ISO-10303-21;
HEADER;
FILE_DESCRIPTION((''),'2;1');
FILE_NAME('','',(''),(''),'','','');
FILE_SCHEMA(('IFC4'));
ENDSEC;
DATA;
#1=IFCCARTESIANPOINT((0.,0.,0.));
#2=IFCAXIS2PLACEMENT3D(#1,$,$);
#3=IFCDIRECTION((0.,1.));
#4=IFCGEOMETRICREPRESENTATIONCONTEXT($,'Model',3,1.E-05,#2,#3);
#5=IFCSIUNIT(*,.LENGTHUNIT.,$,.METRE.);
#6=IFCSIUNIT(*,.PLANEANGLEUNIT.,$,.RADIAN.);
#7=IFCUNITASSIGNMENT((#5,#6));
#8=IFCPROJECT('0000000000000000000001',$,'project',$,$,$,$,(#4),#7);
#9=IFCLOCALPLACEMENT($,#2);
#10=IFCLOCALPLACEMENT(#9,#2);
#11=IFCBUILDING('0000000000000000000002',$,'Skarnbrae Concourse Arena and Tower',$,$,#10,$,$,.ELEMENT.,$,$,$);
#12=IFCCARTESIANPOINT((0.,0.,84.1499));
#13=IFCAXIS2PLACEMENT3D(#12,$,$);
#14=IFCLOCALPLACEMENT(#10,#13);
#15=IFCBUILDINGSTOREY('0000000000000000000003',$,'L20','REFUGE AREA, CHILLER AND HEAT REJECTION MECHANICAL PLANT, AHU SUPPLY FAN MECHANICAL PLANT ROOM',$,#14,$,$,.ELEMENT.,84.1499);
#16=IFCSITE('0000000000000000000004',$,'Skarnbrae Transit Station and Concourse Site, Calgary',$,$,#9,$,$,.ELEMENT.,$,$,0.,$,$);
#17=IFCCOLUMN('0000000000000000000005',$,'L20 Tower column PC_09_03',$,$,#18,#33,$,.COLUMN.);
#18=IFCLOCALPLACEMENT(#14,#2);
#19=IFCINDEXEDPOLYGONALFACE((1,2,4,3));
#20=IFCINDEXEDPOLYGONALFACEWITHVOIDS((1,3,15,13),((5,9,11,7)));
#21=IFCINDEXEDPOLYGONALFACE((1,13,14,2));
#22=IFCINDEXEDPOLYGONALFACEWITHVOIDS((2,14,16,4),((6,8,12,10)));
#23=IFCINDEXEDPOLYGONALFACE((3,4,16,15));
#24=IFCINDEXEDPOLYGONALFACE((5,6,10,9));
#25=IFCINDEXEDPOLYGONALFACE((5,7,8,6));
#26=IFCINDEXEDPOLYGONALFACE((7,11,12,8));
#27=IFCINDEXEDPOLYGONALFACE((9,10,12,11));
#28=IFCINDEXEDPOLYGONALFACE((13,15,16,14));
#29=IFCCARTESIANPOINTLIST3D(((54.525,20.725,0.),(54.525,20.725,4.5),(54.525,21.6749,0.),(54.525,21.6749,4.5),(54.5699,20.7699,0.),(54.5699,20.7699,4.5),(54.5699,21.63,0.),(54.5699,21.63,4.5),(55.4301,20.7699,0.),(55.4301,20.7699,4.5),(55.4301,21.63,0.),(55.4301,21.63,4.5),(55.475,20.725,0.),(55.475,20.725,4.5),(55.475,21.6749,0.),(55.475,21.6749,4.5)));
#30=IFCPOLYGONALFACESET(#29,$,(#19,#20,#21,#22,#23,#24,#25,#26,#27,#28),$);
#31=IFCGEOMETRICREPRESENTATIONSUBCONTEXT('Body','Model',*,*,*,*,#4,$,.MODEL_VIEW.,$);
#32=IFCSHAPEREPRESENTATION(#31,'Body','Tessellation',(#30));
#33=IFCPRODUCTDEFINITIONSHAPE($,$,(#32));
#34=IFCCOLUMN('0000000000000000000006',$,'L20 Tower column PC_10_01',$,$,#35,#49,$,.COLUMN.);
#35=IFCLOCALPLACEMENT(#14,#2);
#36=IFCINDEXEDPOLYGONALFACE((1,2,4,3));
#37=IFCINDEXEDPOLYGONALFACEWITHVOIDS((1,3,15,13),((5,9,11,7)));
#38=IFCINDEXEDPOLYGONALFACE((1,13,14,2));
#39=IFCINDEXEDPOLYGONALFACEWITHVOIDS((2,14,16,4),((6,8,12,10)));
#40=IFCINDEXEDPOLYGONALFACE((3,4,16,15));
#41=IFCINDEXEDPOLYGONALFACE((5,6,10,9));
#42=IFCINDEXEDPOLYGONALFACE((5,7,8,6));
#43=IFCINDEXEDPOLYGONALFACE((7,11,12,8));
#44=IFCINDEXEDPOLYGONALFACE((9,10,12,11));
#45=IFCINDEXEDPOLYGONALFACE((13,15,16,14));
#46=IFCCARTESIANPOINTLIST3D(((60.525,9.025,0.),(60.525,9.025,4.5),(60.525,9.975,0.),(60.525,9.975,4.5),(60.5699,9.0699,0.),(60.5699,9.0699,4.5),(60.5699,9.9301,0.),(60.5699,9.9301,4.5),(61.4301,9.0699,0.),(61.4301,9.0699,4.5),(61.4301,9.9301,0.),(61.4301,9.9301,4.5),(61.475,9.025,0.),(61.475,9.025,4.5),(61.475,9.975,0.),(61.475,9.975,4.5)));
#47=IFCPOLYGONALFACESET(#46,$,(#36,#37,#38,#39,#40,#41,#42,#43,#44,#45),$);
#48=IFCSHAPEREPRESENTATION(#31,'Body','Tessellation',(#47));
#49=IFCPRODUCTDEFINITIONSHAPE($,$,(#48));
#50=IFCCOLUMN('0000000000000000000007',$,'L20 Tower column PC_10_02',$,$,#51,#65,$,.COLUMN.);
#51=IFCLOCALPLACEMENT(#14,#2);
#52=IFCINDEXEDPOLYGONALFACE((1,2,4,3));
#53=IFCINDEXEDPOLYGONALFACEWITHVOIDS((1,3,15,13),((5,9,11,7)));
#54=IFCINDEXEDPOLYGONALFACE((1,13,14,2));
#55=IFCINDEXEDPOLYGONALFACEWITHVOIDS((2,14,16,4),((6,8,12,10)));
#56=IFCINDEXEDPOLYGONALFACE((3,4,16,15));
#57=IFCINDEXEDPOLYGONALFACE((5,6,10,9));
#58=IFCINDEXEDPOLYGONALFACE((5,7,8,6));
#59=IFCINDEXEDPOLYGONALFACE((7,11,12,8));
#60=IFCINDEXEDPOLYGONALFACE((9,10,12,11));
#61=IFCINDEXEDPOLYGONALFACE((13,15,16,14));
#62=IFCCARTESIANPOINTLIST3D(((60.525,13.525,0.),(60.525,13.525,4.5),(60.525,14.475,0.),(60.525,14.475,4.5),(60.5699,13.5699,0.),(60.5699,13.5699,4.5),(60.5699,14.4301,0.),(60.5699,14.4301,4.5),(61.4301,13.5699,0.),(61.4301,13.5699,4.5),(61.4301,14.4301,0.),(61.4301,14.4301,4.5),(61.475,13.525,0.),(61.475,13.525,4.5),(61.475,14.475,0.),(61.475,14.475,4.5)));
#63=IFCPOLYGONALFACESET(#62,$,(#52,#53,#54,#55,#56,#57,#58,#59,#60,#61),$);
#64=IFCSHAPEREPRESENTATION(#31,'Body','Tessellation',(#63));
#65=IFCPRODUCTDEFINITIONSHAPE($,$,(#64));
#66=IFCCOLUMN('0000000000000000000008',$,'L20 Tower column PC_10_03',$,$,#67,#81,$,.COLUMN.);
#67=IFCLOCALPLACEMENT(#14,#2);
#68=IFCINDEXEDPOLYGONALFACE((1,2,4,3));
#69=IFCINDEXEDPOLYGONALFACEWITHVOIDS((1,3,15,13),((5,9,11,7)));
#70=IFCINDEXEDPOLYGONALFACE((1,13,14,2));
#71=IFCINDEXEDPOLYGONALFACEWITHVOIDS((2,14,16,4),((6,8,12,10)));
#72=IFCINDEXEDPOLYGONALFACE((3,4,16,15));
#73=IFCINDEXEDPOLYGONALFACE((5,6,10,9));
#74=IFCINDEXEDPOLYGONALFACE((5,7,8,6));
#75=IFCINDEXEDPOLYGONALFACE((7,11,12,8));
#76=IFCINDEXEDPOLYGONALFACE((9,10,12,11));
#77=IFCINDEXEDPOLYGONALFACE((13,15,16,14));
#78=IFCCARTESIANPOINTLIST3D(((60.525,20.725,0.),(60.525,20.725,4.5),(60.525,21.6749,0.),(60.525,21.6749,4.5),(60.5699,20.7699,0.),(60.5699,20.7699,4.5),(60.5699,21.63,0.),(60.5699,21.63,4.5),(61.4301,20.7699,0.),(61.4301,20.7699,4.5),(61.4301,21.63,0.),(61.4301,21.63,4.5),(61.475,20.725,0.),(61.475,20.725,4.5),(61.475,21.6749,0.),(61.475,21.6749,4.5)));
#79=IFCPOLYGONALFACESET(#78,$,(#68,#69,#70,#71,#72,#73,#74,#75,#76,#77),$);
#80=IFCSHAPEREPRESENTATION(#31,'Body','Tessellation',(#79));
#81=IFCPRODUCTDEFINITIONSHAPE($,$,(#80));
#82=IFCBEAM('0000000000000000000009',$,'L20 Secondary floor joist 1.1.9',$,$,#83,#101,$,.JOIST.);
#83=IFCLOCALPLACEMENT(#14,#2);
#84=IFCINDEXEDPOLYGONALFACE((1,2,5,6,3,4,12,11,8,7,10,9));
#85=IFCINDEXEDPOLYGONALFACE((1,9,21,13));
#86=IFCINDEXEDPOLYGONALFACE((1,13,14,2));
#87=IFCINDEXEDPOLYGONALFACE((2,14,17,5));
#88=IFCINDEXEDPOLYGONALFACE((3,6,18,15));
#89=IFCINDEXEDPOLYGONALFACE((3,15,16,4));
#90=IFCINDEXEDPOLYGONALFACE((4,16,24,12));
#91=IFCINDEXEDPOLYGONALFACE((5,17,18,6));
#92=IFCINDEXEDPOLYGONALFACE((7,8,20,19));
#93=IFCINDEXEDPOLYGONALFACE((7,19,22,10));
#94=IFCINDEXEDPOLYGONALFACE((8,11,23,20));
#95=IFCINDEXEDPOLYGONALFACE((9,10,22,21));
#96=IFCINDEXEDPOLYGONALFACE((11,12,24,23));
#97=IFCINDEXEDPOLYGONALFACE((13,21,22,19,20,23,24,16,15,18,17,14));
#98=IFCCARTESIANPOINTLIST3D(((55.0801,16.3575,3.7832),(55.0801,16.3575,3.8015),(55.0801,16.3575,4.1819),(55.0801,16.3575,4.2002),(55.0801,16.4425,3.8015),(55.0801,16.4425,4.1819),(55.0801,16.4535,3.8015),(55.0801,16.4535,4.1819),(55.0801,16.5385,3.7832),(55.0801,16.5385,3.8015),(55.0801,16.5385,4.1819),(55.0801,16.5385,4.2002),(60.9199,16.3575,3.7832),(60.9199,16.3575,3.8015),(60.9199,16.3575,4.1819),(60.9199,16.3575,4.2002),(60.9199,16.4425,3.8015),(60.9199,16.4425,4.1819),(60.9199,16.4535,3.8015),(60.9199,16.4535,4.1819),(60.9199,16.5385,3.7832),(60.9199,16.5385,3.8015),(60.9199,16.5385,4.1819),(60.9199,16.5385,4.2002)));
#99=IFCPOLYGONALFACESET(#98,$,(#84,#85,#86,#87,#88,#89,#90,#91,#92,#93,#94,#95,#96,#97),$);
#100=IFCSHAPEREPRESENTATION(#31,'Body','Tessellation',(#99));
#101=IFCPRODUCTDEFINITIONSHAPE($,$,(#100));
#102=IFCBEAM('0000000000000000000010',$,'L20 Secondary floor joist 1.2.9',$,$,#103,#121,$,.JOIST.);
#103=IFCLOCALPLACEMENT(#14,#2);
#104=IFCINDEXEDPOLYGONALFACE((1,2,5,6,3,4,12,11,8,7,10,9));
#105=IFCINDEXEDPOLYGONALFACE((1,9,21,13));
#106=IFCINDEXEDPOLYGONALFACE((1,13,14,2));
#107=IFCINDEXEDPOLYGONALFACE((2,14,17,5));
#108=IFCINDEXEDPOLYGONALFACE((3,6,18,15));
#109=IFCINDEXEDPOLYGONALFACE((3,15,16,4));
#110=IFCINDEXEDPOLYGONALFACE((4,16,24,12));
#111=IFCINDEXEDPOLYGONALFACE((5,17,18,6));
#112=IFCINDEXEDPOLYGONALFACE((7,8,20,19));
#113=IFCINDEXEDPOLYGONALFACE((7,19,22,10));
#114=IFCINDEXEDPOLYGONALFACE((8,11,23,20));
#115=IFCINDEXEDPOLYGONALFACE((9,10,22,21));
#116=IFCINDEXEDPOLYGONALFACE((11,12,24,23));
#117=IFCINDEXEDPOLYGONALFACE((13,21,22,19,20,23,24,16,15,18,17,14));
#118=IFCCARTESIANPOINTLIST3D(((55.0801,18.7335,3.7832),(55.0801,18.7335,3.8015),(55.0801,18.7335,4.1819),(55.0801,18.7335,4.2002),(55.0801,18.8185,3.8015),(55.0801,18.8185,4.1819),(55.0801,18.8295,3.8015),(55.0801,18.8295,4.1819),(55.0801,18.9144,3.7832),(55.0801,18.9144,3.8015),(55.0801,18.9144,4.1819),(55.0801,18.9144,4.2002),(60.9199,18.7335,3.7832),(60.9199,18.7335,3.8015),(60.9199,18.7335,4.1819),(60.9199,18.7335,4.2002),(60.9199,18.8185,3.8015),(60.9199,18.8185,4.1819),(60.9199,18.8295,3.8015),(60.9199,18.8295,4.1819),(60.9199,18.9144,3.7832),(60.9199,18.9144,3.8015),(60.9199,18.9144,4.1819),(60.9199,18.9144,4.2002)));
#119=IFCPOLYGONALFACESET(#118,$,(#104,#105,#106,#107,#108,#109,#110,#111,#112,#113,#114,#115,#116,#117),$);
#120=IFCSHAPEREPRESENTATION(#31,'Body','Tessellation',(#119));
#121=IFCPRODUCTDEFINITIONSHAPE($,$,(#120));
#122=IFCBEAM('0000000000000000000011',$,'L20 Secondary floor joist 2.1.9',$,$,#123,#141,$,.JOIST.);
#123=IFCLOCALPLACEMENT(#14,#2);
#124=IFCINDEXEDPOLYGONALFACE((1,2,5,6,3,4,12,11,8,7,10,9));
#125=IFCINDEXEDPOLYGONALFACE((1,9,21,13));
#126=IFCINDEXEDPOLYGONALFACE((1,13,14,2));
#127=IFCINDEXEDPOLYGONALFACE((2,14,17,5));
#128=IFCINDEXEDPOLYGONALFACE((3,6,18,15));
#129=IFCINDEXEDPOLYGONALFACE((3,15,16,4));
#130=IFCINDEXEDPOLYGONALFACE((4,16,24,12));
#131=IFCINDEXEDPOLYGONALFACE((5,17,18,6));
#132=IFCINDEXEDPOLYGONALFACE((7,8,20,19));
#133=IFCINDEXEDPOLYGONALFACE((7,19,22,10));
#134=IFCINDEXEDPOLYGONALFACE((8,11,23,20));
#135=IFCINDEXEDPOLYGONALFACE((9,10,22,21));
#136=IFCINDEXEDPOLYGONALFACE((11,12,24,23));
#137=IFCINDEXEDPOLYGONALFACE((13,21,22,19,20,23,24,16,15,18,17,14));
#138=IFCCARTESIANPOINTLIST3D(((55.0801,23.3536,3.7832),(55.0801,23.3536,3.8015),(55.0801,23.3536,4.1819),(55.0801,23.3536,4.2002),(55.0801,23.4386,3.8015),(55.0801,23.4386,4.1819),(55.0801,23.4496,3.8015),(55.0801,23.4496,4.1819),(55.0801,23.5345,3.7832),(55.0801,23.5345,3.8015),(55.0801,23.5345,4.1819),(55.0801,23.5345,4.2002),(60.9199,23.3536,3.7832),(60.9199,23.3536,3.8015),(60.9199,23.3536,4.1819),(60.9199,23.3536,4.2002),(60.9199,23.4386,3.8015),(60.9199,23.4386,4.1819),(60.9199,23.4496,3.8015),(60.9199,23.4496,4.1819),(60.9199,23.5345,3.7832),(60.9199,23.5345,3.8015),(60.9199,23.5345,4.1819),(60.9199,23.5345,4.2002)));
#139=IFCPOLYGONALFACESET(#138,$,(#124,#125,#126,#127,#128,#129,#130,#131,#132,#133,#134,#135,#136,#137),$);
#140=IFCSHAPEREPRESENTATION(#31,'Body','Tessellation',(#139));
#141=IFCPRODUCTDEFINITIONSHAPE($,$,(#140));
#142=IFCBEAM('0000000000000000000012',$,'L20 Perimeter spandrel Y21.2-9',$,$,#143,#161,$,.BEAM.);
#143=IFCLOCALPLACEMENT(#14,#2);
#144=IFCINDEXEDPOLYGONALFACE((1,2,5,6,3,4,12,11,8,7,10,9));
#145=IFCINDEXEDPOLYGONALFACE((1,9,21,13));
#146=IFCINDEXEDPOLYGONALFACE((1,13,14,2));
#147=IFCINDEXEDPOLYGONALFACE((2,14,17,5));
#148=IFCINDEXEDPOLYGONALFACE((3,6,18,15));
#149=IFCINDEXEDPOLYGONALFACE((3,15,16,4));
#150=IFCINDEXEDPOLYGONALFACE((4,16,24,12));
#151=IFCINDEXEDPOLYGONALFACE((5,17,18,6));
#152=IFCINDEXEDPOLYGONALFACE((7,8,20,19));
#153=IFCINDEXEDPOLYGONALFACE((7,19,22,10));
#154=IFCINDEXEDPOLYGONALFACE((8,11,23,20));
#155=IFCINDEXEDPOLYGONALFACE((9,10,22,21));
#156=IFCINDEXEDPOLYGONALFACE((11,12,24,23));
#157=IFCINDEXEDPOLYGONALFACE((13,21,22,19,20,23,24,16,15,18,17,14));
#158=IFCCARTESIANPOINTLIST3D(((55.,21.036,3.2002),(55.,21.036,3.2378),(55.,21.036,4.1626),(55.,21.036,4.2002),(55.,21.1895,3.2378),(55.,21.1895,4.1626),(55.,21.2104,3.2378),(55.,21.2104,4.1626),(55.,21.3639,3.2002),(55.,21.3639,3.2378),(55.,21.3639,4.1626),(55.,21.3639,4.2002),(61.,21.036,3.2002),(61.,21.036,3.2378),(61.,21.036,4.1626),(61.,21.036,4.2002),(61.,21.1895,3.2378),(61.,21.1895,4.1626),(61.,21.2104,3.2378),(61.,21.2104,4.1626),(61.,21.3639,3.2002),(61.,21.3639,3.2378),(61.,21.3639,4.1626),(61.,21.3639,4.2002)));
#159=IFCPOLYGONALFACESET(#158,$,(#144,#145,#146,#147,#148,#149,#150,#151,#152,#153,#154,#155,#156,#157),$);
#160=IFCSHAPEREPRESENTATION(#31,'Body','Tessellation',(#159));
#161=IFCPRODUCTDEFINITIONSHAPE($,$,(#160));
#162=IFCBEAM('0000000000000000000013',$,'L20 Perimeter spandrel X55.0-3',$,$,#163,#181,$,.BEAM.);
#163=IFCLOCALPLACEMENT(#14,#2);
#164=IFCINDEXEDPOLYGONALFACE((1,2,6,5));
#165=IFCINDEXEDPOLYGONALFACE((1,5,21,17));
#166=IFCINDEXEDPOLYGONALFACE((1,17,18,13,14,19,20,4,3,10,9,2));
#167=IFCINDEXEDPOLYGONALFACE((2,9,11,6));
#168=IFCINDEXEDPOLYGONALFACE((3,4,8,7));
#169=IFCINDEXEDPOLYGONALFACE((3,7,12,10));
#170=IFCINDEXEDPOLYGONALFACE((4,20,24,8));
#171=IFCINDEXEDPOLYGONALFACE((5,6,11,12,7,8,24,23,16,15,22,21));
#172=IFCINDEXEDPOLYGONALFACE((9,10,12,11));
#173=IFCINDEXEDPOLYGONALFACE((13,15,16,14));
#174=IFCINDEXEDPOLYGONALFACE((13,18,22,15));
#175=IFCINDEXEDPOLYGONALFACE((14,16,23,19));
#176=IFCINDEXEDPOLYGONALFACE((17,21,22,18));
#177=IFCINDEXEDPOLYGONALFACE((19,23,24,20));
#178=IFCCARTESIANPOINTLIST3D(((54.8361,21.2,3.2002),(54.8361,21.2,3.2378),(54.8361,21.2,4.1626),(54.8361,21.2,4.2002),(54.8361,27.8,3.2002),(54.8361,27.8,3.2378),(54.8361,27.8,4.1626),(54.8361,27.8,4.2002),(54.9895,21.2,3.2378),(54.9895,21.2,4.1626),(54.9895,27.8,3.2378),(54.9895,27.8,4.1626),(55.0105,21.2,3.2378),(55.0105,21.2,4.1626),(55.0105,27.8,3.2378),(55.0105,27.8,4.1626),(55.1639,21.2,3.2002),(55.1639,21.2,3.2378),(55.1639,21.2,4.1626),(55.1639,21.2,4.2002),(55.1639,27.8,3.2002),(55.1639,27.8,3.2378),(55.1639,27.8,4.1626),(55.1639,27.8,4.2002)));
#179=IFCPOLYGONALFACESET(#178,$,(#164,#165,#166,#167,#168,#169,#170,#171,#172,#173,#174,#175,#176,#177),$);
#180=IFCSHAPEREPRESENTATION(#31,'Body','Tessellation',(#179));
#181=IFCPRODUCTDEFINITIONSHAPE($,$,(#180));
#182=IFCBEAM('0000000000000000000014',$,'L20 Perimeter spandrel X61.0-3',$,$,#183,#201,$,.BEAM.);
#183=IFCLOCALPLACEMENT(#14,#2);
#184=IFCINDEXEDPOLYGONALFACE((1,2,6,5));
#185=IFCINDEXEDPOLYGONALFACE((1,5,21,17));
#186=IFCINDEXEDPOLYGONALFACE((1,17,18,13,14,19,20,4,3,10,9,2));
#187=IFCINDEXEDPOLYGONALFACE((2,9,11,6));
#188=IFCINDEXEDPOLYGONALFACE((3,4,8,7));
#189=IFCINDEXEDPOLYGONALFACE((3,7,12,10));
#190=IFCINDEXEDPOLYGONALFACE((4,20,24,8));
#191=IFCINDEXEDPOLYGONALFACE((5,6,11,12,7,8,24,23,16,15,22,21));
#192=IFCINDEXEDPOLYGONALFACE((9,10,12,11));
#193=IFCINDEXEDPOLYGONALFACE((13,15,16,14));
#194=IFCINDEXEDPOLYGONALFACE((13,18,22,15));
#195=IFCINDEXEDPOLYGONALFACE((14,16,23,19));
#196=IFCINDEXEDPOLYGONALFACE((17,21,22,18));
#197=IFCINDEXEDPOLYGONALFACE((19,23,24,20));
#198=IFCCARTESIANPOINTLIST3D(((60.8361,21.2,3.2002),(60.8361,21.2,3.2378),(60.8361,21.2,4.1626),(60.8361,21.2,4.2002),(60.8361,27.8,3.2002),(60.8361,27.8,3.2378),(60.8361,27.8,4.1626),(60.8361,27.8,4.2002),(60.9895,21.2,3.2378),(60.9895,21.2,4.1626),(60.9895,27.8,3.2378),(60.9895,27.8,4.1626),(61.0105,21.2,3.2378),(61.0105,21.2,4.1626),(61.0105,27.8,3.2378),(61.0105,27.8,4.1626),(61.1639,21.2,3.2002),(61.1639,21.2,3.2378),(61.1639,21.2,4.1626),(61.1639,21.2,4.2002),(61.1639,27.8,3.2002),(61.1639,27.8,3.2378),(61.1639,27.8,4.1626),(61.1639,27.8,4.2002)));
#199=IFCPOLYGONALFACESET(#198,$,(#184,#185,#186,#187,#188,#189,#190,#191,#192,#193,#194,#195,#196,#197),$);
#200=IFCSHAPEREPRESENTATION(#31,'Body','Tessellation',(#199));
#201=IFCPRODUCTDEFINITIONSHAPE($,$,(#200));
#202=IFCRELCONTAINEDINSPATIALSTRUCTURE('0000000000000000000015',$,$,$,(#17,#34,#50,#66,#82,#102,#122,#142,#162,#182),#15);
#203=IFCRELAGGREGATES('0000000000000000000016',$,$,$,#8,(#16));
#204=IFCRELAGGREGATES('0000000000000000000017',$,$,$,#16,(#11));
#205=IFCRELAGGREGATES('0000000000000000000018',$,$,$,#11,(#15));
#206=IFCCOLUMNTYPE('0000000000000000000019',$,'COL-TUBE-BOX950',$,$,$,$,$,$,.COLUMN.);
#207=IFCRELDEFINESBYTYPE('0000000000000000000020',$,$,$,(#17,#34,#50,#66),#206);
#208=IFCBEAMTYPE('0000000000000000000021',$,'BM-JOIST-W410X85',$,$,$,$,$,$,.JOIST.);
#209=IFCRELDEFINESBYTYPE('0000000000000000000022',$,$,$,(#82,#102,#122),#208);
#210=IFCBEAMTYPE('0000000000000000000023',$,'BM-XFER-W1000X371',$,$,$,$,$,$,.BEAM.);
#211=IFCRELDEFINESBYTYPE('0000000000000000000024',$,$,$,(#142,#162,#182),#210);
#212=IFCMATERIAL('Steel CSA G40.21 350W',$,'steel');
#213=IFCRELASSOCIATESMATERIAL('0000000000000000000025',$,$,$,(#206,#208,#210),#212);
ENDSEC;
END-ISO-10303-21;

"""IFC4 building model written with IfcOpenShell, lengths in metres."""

from ifc_helpers import new_model, si_unit, direction, frame, origin, origin_2d, place, context, subcontext, project, spatial, hollow_rectangle, i_section, extrude, source, transform, mapped, material, material_profile, profile_set, type_object, element, save


model = new_model("IFC4")

# Units and contexts
model_context = context("Model", 3, precision=1e-05, world=origin(), true_north=direction((0.0, 1.0)))
body_context = subcontext(model_context, "Body", "Model", "MODEL_VIEW")
ifc_project = project(units=[si_unit("LENGTHUNIT", "METRE"), si_unit("PLANEANGLEUNIT", "RADIAN")], contexts=[model_context])

# Site, building, storey
site_placement = place(None, origin())
site = spatial("IfcSite", under=ifc_project, at=site_placement, Name="Skarnbrae Transit Station and Concourse Site, Calgary", CompositionType="ELEMENT", RefElevation=0.0)
building_placement = place(site_placement, origin())
building = spatial("IfcBuilding", under=site, at=building_placement, Name="Skarnbrae Concourse Arena and Tower", CompositionType="ELEMENT")
storey_placement = place(building_placement, frame((0.0, 0.0, 84.1499)))
storey = spatial("IfcBuildingStorey", under=building, at=storey_placement, Name="L20", Description="REFUGE AREA, CHILLER AND HEAT REJECTION MECHANICAL PLANT, AHU SUPPLY FAN MECHANICAL PLANT ROOM", CompositionType="ELEMENT", Elevation=84.1499)

# Columns
ifc_material_1 = material(Name="Steel CSA G40.21 350W", Category="steel")
ifc_material_profile_1 = material_profile(ifc_material_1, hollow_rectangle(XDim=0.95, YDim=0.95, WallThickness=0.0449, at=origin_2d()), Name="BOX950X950X45")
ifc_profile_set_1 = profile_set([ifc_material_profile_1], Name="Steel CSA G40.21 350W")
column_type = type_object("IfcColumnType", Name="COL-TUBE-BOX950", PredefinedType="COLUMN", material=ifc_profile_set_1)
shared_shape_1 = source(origin(), body_context, "Body", "SweptSolid", [
    extrude(hollow_rectangle(XDim=0.95, YDim=0.95, WallThickness=0.0449, at=origin_2d()), origin(), (0.0, 0.0, 1.0), 4.5),
])
for number, where, z_axis, x_axis, name in (
    (1, (55.0, 21.2, 0.0), (0.0, 0.0, 1.0), (1.0, 0.0, 0.0), "L20 Tower column PC_09_03"),
    (2, (61.0, 9.5, 0.0), (0.0, 0.0, 1.0), (1.0, 0.0, 0.0), "L20 Tower column PC_10_01"),
    (3, (61.0, 14.0, 0.0), (0.0, 0.0, 1.0), (1.0, 0.0, 0.0), "L20 Tower column PC_10_02"),
    (4, (61.0, 21.2, 0.0), (0.0, 0.0, 1.0), (1.0, 0.0, 0.0), "L20 Tower column PC_10_03"),
):
    element("IfcColumn", number, at=place(storey_placement, frame(where, z_axis=z_axis, x_axis=x_axis)), inside=storey, type_object=column_type, Name=name, PredefinedType="COLUMN", context=body_context, shape_type="MappedRepresentation", body=[
        mapped(shared_shape_1, transform((0.0, 0.0, 0.0))),
    ])

# Beams
ifc_material_profile_2 = material_profile(ifc_material_1, i_section(OverallWidth=0.1809, OverallDepth=0.417, WebThickness=0.011, FlangeThickness=0.0183, at=origin_2d()), Name="W410X85")
ifc_profile_set_2 = profile_set([ifc_material_profile_2], Name="Steel CSA G40.21 350W")
beam_type_1 = type_object("IfcBeamType", Name="BM-JOIST-W410X85", PredefinedType="JOIST", material=ifc_profile_set_2)
shared_shape_2 = source(origin(), body_context, "Body", "SweptSolid", [
    extrude(i_section(OverallWidth=0.1809, OverallDepth=0.417, WebThickness=0.011, FlangeThickness=0.0183, at=origin_2d()), origin(), (0.0, 0.0, 1.0), 5.8398),
])
for number, where, z_axis, x_axis, name in (
    (5, (55.0801, 16.448, 3.9917), (1.0, 0.0, 0.0), (0.0, 1.0, 0.0), "L20 Secondary floor joist 1.1.9"),
    (6, (55.0801, 18.824, 3.9917), (1.0, 0.0, 0.0), (0.0, 1.0, 0.0), "L20 Secondary floor joist 1.2.9"),
    (7, (55.0801, 23.4441, 3.9917), (1.0, 0.0, 0.0), (0.0, 1.0, 0.0), "L20 Secondary floor joist 2.1.9"),
):
    element("IfcBeam", number, at=place(storey_placement, frame(where, z_axis=z_axis, x_axis=x_axis)), inside=storey, type_object=beam_type_1, Name=name, PredefinedType="JOIST", context=body_context, shape_type="MappedRepresentation", body=[
        mapped(shared_shape_2, transform((0.0, 0.0, 0.0))),
    ])
ifc_material_profile_3 = material_profile(ifc_material_1, i_section(OverallWidth=0.3279, OverallDepth=1.0, WebThickness=0.021, FlangeThickness=0.0376, at=origin_2d()), Name="W1000X371")
ifc_profile_set_3 = profile_set([ifc_material_profile_3], Name="Steel CSA G40.21 350W")
beam_type_2 = type_object("IfcBeamType", Name="BM-XFER-W1000X371", PredefinedType="BEAM", material=ifc_profile_set_3)
shared_shape_3 = source(origin(), body_context, "Body", "SweptSolid", [
    extrude(i_section(OverallWidth=0.3279, OverallDepth=1.0, WebThickness=0.021, FlangeThickness=0.0376, at=origin_2d()), origin(), (0.0, 0.0, 1.0), 6.0),
])
beam_1_placement = place(storey_placement, frame((55.0, 21.2, 3.7002), z_axis=(1.0, 0.0, 0.0), x_axis=(0.0, 1.0, 0.0)))
element("IfcBeam", 8, at=beam_1_placement, inside=storey, type_object=beam_type_2, Name="L20 Perimeter spandrel Y21.2-9", PredefinedType="BEAM", context=body_context, shape_type="MappedRepresentation", body=[
    mapped(shared_shape_3, transform((0.0, 0.0, 0.0))),
])
shared_shape_4 = source(origin(), body_context, "Body", "SweptSolid", [
    extrude(i_section(OverallWidth=0.3279, OverallDepth=1.0, WebThickness=0.021, FlangeThickness=0.0376, at=origin_2d()), origin(), (0.0, 0.0, 1.0), 6.6001),
])
for number, where, z_axis, x_axis, name in (
    (9, (55.0, 21.2, 3.7002), (0.0, 1.0, 0.0), (-1.0, 0.0, 0.0), "L20 Perimeter spandrel X55.0-3"),
    (10, (61.0, 21.2, 3.7002), (0.0, 1.0, 0.0), (-1.0, 0.0, 0.0), "L20 Perimeter spandrel X61.0-3"),
):
    element("IfcBeam", number, at=place(storey_placement, frame(where, z_axis=z_axis, x_axis=x_axis)), inside=storey, type_object=beam_type_2, Name=name, PredefinedType="BEAM", context=body_context, shape_type="MappedRepresentation", body=[
        mapped(shared_shape_4, transform((0.0, 0.0, 0.0))),
    ])

save(model, "model.ifc")
